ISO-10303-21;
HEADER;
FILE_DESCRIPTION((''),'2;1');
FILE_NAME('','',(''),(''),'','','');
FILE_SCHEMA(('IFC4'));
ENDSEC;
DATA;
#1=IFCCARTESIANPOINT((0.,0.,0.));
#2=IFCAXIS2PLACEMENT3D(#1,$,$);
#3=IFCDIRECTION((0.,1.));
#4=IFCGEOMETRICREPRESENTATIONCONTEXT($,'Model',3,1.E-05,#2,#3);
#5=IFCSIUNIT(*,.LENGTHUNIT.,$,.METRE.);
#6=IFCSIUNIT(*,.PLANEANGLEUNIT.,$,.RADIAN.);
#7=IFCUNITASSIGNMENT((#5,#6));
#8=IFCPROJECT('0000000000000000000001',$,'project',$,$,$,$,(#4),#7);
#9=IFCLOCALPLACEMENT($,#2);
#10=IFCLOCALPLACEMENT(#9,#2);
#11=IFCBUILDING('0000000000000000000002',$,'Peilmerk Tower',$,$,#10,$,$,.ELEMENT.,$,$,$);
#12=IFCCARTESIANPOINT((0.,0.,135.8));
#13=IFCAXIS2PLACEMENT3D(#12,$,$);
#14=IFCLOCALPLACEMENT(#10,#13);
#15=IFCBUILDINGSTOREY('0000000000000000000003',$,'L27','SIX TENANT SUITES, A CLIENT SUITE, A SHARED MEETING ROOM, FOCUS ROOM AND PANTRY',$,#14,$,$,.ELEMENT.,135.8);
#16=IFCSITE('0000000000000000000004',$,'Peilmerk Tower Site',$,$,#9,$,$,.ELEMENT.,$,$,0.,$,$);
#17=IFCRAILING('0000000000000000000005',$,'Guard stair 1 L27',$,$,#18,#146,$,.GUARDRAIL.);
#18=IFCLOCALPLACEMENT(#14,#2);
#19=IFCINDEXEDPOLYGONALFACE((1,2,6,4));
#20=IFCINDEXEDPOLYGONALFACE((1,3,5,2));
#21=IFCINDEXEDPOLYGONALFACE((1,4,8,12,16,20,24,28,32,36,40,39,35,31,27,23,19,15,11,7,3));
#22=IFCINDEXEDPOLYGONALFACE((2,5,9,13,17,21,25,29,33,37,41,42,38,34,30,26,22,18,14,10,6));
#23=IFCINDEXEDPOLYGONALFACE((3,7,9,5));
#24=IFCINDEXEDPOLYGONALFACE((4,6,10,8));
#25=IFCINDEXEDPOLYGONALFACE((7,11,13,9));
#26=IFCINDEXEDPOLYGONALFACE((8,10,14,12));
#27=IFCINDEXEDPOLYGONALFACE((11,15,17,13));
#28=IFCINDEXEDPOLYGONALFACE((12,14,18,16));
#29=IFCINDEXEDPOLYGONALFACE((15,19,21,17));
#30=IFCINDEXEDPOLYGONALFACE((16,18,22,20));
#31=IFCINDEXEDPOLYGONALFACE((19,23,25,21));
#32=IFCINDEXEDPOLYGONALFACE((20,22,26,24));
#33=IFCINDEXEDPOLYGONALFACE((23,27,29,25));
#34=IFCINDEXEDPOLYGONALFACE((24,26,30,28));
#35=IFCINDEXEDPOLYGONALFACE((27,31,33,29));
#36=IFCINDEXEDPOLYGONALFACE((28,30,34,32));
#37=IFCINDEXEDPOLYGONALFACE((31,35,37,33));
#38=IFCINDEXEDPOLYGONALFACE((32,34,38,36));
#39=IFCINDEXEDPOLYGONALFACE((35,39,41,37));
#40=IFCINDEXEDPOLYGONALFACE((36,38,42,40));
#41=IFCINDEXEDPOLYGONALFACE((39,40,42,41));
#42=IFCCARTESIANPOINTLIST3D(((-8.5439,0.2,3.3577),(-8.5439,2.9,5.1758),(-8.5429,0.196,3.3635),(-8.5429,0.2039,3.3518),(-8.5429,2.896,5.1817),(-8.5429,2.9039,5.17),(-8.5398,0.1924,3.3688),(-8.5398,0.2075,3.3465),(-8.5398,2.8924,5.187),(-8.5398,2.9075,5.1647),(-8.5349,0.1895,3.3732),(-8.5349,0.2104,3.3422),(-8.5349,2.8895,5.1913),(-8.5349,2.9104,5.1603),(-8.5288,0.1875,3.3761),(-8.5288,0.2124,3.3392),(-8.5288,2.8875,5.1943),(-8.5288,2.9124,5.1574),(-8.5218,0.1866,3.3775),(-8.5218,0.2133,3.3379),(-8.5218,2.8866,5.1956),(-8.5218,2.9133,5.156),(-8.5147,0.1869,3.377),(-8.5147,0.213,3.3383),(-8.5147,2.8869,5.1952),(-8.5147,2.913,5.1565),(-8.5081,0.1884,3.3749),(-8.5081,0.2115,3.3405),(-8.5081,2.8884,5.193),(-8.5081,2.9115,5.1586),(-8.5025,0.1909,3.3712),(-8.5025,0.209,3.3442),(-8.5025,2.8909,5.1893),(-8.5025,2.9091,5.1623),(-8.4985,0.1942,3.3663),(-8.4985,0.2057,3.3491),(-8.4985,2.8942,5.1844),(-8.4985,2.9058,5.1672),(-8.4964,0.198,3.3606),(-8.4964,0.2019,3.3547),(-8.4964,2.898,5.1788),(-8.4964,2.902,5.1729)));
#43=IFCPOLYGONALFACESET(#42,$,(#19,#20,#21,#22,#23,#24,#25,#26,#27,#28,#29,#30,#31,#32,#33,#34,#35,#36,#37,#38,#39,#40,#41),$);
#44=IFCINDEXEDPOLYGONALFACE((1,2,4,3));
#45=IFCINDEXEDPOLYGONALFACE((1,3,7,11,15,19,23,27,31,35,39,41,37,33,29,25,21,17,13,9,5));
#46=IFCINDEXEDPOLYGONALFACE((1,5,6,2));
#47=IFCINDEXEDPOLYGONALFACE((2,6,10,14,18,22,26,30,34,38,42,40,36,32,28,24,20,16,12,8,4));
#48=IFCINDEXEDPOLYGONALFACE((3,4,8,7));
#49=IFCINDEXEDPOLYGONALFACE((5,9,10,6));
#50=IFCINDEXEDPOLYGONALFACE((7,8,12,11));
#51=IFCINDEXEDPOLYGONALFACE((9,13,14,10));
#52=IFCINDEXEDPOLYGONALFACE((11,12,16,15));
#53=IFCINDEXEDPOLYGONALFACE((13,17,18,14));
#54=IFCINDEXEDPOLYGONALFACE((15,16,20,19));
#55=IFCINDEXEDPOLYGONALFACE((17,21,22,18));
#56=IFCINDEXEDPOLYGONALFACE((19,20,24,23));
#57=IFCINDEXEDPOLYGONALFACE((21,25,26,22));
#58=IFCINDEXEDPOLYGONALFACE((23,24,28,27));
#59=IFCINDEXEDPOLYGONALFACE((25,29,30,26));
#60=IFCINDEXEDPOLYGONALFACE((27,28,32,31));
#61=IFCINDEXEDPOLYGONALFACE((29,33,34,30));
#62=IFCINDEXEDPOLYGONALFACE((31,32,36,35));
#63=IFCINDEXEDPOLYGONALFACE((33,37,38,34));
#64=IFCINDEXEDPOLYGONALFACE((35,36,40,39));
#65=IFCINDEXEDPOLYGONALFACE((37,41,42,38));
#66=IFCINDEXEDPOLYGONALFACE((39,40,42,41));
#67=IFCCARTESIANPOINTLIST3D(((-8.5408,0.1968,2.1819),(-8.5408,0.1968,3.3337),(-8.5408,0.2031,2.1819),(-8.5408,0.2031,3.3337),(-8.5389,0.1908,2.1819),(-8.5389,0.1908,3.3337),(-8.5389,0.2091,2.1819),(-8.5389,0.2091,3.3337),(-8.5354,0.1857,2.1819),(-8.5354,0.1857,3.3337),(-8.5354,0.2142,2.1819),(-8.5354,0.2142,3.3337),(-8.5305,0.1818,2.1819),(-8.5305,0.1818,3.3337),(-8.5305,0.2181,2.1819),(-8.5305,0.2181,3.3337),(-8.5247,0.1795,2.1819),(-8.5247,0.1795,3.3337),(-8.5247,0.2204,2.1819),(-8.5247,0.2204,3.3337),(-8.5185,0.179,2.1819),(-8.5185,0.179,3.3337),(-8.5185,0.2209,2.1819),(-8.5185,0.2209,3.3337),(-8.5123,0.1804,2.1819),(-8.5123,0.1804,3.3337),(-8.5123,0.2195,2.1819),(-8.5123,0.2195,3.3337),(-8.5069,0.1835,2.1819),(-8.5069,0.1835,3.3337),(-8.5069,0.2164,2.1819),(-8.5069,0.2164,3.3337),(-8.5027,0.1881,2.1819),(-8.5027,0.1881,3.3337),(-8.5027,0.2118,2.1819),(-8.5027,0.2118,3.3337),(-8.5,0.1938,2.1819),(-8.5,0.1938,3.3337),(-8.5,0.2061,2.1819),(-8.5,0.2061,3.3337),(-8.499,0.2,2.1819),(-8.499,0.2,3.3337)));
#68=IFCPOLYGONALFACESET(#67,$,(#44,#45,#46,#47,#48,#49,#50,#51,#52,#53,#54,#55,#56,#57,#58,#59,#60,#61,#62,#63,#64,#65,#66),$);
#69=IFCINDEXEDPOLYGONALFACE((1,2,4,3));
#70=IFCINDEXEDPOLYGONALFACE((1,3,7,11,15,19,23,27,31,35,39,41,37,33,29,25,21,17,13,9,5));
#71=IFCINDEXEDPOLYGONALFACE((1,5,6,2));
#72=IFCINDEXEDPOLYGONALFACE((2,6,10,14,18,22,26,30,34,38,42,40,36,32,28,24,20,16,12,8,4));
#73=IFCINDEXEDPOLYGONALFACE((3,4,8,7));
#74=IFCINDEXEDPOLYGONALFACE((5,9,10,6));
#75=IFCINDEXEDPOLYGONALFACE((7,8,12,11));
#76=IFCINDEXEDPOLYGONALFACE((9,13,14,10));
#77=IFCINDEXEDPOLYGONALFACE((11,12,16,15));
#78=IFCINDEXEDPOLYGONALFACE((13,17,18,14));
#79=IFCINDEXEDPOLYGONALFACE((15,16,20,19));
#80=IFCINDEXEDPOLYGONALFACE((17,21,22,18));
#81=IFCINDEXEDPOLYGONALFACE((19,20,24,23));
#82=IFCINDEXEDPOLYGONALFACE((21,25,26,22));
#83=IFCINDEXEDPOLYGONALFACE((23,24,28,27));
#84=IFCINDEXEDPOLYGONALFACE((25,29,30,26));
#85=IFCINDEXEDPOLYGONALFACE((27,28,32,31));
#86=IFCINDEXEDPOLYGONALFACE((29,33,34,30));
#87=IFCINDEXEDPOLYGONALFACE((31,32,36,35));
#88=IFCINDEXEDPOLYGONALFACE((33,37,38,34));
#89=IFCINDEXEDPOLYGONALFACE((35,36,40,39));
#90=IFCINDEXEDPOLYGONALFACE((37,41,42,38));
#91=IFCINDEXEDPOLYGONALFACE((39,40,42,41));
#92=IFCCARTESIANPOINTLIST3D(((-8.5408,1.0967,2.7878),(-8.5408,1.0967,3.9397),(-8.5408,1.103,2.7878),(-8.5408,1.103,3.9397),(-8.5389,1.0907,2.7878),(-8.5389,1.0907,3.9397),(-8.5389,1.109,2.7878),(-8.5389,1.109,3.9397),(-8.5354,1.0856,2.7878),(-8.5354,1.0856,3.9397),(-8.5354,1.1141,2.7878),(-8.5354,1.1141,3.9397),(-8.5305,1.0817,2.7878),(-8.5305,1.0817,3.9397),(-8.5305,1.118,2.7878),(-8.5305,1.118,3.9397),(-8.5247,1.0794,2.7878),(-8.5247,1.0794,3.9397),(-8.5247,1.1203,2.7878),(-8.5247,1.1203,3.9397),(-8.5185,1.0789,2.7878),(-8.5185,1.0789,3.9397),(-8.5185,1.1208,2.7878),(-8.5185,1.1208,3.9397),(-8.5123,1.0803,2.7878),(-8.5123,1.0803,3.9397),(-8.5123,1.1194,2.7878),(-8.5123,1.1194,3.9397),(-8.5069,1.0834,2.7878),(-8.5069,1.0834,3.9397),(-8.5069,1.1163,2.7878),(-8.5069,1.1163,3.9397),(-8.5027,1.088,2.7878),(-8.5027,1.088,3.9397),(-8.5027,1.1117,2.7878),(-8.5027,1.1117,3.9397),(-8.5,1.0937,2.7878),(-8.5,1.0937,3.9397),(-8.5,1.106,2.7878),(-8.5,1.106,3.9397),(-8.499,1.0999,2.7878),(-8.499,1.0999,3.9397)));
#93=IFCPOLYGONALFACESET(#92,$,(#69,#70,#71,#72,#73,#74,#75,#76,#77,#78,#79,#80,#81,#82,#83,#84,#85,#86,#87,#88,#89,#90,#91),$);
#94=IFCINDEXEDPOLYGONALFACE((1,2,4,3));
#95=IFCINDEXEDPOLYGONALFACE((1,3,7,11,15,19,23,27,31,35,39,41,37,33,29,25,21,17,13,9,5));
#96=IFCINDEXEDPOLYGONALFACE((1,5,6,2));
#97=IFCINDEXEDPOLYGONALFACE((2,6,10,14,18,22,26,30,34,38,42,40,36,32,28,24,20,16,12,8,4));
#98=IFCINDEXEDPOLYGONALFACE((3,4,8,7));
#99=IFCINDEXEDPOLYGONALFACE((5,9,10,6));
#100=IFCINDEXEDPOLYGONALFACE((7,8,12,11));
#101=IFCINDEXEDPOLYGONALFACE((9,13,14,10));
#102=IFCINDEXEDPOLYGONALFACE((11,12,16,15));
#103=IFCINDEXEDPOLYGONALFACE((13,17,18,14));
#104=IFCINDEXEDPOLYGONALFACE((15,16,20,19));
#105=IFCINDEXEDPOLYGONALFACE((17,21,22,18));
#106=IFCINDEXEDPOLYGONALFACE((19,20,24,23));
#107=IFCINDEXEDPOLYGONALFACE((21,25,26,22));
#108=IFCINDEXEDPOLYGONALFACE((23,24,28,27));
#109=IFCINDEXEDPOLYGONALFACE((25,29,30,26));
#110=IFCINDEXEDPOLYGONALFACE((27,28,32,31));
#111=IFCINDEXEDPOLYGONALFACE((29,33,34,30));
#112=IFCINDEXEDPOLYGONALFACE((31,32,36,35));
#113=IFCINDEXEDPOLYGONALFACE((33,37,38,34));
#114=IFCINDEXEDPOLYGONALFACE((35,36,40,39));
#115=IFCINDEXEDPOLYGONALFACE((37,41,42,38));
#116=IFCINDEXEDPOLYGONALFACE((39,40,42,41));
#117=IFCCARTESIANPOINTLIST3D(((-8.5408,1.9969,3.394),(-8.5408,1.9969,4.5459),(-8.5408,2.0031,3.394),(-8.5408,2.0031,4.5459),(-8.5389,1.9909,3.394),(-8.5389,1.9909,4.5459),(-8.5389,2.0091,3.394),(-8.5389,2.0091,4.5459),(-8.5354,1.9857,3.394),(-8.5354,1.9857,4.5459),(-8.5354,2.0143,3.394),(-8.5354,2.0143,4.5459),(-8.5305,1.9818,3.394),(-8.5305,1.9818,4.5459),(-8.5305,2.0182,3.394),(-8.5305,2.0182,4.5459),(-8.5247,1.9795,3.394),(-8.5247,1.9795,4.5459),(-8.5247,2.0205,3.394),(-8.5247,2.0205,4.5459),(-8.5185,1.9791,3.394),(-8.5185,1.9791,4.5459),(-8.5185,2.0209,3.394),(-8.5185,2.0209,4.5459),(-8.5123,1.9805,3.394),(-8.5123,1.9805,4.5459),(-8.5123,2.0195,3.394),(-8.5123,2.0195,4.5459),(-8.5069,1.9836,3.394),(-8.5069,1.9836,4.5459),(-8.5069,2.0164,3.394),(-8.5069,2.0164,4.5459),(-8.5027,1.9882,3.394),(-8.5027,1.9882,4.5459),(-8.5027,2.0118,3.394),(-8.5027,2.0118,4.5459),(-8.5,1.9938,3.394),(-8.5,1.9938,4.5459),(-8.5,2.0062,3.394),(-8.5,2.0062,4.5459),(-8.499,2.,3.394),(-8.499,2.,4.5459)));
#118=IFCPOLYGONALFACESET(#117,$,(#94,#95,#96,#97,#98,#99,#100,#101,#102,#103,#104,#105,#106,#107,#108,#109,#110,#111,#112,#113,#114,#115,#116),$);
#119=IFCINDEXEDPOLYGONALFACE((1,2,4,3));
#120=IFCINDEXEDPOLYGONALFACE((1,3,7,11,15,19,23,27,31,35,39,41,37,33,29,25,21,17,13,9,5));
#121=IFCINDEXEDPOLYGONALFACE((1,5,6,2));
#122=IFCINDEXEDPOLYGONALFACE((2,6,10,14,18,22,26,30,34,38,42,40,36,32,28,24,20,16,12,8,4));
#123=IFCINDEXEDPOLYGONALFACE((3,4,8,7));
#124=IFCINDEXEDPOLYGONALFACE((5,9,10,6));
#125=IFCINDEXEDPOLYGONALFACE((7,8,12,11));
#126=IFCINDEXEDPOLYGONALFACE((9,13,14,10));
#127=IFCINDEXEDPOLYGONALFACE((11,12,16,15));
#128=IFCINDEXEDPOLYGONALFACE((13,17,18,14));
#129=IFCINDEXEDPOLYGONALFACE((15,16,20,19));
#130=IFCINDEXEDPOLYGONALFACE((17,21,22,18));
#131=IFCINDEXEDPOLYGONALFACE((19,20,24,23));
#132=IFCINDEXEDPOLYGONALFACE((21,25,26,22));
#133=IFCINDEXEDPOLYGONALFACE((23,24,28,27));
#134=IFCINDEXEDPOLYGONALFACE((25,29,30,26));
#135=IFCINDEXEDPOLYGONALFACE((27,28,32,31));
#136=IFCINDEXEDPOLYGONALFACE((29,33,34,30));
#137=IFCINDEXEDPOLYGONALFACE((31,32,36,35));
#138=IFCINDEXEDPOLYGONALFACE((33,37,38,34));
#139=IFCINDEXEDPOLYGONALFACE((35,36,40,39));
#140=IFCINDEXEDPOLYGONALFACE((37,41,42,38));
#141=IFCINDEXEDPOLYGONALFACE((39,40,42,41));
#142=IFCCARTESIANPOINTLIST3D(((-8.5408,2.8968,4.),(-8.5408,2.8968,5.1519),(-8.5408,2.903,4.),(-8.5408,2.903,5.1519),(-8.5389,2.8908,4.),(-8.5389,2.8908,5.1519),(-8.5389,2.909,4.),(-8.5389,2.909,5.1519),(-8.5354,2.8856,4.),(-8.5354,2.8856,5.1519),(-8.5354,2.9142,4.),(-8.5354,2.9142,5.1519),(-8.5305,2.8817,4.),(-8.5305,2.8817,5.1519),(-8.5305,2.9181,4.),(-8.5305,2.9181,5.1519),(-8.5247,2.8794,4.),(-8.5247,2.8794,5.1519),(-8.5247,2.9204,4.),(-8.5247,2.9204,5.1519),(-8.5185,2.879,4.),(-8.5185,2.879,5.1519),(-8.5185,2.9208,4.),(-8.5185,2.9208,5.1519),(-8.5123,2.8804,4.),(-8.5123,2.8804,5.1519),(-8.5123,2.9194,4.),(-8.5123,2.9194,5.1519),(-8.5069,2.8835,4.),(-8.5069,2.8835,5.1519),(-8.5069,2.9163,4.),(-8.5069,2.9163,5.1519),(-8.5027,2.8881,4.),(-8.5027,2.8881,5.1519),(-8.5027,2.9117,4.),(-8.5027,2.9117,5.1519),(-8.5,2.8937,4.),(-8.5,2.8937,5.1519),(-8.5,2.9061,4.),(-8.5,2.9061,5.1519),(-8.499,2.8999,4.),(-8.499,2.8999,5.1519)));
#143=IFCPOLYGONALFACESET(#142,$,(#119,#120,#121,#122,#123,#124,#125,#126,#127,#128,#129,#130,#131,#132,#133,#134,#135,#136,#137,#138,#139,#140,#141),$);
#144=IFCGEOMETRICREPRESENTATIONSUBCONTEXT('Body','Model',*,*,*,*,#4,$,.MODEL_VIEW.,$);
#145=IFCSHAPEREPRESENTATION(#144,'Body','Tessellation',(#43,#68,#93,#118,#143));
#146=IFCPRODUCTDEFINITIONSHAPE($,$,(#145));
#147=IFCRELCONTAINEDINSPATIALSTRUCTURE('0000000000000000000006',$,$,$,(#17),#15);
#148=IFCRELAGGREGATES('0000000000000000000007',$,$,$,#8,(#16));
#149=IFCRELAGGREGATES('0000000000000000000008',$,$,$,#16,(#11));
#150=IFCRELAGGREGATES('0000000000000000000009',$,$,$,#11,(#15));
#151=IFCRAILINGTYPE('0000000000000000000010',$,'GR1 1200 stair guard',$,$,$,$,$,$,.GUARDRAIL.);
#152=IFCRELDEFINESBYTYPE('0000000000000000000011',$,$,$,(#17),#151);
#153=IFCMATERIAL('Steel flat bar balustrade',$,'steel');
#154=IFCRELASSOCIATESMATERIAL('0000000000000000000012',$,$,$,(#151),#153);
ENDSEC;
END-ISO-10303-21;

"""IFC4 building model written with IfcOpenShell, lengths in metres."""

from ifc_helpers import new_model, si_unit, direction, frame, origin, origin_2d, place, context, subcontext, project, spatial, circle, extrude, material, type_object, element, save


model = new_model("IFC4")

# Units and contexts
model_context = context("Model", 3, precision=1e-05, world=origin(), true_north=direction((0.0, 1.0)))
body_context = subcontext(model_context, "Body", "Model", "MODEL_VIEW")
ifc_project = project(units=[si_unit("LENGTHUNIT", "METRE"), si_unit("PLANEANGLEUNIT", "RADIAN")], contexts=[model_context])

# Site, building, storey
site_placement = place(None, origin())
site = spatial("IfcSite", under=ifc_project, at=site_placement, Name="Peilmerk Tower Site", CompositionType="ELEMENT", RefElevation=0.0)
building_placement = place(site_placement, origin())
building = spatial("IfcBuilding", under=site, at=building_placement, Name="Peilmerk Tower", CompositionType="ELEMENT")
storey_placement = place(building_placement, frame((0.0, 0.0, 135.8)))
storey = spatial("IfcBuildingStorey", under=building, at=storey_placement, Name="L27", Description="SIX TENANT SUITES, A CLIENT SUITE, A SHARED MEETING ROOM, FOCUS ROOM AND PANTRY", CompositionType="ELEMENT", Elevation=135.8)

# Railing
ifc_material_1 = material(Name="Steel flat bar balustrade", Category="steel")
railing_type_1 = type_object("IfcRailingType", Name="GR1 1200 stair guard", PredefinedType="GUARDRAIL", material=ifc_material_1)
railing_1_placement = place(storey_placement, frame((-8.52, 0.2, 2.1819)))
element("IfcRailing", 1, at=railing_1_placement, inside=storey, type_object=railing_type_1, Name="Guard stair 1 L27", PredefinedType="GUARDRAIL", context=body_context, shape_type="SweptSolid", body=[
    extrude(circle(Radius=0.0239, at=origin_2d()), frame((0.0, 0.0, 1.1758), z_axis=(0.0, 0.829468, 0.558554), x_axis=(-1.0, 0.0, 0.0)), (0.0, 0.0, 1.0), 3.2551),
    extrude(circle(Radius=0.021, at=origin_2d()), origin(), (0.0, 0.0, 1.0), 1.1519),
    extrude(circle(Radius=0.021, at=origin_2d()), frame((0.0, 0.8999, 0.606)), (0.0, 0.0, 1.0), 1.1519),
    extrude(circle(Radius=0.021, at=origin_2d()), frame((0.0, 1.8, 1.2122)), (0.0, 0.0, 1.0), 1.1519),
    extrude(circle(Radius=0.021, at=origin_2d()), frame((0.0, 2.7, 1.8181)), (0.0, 0.0, 1.0), 1.1519),
])

save(model, "model.ifc")
